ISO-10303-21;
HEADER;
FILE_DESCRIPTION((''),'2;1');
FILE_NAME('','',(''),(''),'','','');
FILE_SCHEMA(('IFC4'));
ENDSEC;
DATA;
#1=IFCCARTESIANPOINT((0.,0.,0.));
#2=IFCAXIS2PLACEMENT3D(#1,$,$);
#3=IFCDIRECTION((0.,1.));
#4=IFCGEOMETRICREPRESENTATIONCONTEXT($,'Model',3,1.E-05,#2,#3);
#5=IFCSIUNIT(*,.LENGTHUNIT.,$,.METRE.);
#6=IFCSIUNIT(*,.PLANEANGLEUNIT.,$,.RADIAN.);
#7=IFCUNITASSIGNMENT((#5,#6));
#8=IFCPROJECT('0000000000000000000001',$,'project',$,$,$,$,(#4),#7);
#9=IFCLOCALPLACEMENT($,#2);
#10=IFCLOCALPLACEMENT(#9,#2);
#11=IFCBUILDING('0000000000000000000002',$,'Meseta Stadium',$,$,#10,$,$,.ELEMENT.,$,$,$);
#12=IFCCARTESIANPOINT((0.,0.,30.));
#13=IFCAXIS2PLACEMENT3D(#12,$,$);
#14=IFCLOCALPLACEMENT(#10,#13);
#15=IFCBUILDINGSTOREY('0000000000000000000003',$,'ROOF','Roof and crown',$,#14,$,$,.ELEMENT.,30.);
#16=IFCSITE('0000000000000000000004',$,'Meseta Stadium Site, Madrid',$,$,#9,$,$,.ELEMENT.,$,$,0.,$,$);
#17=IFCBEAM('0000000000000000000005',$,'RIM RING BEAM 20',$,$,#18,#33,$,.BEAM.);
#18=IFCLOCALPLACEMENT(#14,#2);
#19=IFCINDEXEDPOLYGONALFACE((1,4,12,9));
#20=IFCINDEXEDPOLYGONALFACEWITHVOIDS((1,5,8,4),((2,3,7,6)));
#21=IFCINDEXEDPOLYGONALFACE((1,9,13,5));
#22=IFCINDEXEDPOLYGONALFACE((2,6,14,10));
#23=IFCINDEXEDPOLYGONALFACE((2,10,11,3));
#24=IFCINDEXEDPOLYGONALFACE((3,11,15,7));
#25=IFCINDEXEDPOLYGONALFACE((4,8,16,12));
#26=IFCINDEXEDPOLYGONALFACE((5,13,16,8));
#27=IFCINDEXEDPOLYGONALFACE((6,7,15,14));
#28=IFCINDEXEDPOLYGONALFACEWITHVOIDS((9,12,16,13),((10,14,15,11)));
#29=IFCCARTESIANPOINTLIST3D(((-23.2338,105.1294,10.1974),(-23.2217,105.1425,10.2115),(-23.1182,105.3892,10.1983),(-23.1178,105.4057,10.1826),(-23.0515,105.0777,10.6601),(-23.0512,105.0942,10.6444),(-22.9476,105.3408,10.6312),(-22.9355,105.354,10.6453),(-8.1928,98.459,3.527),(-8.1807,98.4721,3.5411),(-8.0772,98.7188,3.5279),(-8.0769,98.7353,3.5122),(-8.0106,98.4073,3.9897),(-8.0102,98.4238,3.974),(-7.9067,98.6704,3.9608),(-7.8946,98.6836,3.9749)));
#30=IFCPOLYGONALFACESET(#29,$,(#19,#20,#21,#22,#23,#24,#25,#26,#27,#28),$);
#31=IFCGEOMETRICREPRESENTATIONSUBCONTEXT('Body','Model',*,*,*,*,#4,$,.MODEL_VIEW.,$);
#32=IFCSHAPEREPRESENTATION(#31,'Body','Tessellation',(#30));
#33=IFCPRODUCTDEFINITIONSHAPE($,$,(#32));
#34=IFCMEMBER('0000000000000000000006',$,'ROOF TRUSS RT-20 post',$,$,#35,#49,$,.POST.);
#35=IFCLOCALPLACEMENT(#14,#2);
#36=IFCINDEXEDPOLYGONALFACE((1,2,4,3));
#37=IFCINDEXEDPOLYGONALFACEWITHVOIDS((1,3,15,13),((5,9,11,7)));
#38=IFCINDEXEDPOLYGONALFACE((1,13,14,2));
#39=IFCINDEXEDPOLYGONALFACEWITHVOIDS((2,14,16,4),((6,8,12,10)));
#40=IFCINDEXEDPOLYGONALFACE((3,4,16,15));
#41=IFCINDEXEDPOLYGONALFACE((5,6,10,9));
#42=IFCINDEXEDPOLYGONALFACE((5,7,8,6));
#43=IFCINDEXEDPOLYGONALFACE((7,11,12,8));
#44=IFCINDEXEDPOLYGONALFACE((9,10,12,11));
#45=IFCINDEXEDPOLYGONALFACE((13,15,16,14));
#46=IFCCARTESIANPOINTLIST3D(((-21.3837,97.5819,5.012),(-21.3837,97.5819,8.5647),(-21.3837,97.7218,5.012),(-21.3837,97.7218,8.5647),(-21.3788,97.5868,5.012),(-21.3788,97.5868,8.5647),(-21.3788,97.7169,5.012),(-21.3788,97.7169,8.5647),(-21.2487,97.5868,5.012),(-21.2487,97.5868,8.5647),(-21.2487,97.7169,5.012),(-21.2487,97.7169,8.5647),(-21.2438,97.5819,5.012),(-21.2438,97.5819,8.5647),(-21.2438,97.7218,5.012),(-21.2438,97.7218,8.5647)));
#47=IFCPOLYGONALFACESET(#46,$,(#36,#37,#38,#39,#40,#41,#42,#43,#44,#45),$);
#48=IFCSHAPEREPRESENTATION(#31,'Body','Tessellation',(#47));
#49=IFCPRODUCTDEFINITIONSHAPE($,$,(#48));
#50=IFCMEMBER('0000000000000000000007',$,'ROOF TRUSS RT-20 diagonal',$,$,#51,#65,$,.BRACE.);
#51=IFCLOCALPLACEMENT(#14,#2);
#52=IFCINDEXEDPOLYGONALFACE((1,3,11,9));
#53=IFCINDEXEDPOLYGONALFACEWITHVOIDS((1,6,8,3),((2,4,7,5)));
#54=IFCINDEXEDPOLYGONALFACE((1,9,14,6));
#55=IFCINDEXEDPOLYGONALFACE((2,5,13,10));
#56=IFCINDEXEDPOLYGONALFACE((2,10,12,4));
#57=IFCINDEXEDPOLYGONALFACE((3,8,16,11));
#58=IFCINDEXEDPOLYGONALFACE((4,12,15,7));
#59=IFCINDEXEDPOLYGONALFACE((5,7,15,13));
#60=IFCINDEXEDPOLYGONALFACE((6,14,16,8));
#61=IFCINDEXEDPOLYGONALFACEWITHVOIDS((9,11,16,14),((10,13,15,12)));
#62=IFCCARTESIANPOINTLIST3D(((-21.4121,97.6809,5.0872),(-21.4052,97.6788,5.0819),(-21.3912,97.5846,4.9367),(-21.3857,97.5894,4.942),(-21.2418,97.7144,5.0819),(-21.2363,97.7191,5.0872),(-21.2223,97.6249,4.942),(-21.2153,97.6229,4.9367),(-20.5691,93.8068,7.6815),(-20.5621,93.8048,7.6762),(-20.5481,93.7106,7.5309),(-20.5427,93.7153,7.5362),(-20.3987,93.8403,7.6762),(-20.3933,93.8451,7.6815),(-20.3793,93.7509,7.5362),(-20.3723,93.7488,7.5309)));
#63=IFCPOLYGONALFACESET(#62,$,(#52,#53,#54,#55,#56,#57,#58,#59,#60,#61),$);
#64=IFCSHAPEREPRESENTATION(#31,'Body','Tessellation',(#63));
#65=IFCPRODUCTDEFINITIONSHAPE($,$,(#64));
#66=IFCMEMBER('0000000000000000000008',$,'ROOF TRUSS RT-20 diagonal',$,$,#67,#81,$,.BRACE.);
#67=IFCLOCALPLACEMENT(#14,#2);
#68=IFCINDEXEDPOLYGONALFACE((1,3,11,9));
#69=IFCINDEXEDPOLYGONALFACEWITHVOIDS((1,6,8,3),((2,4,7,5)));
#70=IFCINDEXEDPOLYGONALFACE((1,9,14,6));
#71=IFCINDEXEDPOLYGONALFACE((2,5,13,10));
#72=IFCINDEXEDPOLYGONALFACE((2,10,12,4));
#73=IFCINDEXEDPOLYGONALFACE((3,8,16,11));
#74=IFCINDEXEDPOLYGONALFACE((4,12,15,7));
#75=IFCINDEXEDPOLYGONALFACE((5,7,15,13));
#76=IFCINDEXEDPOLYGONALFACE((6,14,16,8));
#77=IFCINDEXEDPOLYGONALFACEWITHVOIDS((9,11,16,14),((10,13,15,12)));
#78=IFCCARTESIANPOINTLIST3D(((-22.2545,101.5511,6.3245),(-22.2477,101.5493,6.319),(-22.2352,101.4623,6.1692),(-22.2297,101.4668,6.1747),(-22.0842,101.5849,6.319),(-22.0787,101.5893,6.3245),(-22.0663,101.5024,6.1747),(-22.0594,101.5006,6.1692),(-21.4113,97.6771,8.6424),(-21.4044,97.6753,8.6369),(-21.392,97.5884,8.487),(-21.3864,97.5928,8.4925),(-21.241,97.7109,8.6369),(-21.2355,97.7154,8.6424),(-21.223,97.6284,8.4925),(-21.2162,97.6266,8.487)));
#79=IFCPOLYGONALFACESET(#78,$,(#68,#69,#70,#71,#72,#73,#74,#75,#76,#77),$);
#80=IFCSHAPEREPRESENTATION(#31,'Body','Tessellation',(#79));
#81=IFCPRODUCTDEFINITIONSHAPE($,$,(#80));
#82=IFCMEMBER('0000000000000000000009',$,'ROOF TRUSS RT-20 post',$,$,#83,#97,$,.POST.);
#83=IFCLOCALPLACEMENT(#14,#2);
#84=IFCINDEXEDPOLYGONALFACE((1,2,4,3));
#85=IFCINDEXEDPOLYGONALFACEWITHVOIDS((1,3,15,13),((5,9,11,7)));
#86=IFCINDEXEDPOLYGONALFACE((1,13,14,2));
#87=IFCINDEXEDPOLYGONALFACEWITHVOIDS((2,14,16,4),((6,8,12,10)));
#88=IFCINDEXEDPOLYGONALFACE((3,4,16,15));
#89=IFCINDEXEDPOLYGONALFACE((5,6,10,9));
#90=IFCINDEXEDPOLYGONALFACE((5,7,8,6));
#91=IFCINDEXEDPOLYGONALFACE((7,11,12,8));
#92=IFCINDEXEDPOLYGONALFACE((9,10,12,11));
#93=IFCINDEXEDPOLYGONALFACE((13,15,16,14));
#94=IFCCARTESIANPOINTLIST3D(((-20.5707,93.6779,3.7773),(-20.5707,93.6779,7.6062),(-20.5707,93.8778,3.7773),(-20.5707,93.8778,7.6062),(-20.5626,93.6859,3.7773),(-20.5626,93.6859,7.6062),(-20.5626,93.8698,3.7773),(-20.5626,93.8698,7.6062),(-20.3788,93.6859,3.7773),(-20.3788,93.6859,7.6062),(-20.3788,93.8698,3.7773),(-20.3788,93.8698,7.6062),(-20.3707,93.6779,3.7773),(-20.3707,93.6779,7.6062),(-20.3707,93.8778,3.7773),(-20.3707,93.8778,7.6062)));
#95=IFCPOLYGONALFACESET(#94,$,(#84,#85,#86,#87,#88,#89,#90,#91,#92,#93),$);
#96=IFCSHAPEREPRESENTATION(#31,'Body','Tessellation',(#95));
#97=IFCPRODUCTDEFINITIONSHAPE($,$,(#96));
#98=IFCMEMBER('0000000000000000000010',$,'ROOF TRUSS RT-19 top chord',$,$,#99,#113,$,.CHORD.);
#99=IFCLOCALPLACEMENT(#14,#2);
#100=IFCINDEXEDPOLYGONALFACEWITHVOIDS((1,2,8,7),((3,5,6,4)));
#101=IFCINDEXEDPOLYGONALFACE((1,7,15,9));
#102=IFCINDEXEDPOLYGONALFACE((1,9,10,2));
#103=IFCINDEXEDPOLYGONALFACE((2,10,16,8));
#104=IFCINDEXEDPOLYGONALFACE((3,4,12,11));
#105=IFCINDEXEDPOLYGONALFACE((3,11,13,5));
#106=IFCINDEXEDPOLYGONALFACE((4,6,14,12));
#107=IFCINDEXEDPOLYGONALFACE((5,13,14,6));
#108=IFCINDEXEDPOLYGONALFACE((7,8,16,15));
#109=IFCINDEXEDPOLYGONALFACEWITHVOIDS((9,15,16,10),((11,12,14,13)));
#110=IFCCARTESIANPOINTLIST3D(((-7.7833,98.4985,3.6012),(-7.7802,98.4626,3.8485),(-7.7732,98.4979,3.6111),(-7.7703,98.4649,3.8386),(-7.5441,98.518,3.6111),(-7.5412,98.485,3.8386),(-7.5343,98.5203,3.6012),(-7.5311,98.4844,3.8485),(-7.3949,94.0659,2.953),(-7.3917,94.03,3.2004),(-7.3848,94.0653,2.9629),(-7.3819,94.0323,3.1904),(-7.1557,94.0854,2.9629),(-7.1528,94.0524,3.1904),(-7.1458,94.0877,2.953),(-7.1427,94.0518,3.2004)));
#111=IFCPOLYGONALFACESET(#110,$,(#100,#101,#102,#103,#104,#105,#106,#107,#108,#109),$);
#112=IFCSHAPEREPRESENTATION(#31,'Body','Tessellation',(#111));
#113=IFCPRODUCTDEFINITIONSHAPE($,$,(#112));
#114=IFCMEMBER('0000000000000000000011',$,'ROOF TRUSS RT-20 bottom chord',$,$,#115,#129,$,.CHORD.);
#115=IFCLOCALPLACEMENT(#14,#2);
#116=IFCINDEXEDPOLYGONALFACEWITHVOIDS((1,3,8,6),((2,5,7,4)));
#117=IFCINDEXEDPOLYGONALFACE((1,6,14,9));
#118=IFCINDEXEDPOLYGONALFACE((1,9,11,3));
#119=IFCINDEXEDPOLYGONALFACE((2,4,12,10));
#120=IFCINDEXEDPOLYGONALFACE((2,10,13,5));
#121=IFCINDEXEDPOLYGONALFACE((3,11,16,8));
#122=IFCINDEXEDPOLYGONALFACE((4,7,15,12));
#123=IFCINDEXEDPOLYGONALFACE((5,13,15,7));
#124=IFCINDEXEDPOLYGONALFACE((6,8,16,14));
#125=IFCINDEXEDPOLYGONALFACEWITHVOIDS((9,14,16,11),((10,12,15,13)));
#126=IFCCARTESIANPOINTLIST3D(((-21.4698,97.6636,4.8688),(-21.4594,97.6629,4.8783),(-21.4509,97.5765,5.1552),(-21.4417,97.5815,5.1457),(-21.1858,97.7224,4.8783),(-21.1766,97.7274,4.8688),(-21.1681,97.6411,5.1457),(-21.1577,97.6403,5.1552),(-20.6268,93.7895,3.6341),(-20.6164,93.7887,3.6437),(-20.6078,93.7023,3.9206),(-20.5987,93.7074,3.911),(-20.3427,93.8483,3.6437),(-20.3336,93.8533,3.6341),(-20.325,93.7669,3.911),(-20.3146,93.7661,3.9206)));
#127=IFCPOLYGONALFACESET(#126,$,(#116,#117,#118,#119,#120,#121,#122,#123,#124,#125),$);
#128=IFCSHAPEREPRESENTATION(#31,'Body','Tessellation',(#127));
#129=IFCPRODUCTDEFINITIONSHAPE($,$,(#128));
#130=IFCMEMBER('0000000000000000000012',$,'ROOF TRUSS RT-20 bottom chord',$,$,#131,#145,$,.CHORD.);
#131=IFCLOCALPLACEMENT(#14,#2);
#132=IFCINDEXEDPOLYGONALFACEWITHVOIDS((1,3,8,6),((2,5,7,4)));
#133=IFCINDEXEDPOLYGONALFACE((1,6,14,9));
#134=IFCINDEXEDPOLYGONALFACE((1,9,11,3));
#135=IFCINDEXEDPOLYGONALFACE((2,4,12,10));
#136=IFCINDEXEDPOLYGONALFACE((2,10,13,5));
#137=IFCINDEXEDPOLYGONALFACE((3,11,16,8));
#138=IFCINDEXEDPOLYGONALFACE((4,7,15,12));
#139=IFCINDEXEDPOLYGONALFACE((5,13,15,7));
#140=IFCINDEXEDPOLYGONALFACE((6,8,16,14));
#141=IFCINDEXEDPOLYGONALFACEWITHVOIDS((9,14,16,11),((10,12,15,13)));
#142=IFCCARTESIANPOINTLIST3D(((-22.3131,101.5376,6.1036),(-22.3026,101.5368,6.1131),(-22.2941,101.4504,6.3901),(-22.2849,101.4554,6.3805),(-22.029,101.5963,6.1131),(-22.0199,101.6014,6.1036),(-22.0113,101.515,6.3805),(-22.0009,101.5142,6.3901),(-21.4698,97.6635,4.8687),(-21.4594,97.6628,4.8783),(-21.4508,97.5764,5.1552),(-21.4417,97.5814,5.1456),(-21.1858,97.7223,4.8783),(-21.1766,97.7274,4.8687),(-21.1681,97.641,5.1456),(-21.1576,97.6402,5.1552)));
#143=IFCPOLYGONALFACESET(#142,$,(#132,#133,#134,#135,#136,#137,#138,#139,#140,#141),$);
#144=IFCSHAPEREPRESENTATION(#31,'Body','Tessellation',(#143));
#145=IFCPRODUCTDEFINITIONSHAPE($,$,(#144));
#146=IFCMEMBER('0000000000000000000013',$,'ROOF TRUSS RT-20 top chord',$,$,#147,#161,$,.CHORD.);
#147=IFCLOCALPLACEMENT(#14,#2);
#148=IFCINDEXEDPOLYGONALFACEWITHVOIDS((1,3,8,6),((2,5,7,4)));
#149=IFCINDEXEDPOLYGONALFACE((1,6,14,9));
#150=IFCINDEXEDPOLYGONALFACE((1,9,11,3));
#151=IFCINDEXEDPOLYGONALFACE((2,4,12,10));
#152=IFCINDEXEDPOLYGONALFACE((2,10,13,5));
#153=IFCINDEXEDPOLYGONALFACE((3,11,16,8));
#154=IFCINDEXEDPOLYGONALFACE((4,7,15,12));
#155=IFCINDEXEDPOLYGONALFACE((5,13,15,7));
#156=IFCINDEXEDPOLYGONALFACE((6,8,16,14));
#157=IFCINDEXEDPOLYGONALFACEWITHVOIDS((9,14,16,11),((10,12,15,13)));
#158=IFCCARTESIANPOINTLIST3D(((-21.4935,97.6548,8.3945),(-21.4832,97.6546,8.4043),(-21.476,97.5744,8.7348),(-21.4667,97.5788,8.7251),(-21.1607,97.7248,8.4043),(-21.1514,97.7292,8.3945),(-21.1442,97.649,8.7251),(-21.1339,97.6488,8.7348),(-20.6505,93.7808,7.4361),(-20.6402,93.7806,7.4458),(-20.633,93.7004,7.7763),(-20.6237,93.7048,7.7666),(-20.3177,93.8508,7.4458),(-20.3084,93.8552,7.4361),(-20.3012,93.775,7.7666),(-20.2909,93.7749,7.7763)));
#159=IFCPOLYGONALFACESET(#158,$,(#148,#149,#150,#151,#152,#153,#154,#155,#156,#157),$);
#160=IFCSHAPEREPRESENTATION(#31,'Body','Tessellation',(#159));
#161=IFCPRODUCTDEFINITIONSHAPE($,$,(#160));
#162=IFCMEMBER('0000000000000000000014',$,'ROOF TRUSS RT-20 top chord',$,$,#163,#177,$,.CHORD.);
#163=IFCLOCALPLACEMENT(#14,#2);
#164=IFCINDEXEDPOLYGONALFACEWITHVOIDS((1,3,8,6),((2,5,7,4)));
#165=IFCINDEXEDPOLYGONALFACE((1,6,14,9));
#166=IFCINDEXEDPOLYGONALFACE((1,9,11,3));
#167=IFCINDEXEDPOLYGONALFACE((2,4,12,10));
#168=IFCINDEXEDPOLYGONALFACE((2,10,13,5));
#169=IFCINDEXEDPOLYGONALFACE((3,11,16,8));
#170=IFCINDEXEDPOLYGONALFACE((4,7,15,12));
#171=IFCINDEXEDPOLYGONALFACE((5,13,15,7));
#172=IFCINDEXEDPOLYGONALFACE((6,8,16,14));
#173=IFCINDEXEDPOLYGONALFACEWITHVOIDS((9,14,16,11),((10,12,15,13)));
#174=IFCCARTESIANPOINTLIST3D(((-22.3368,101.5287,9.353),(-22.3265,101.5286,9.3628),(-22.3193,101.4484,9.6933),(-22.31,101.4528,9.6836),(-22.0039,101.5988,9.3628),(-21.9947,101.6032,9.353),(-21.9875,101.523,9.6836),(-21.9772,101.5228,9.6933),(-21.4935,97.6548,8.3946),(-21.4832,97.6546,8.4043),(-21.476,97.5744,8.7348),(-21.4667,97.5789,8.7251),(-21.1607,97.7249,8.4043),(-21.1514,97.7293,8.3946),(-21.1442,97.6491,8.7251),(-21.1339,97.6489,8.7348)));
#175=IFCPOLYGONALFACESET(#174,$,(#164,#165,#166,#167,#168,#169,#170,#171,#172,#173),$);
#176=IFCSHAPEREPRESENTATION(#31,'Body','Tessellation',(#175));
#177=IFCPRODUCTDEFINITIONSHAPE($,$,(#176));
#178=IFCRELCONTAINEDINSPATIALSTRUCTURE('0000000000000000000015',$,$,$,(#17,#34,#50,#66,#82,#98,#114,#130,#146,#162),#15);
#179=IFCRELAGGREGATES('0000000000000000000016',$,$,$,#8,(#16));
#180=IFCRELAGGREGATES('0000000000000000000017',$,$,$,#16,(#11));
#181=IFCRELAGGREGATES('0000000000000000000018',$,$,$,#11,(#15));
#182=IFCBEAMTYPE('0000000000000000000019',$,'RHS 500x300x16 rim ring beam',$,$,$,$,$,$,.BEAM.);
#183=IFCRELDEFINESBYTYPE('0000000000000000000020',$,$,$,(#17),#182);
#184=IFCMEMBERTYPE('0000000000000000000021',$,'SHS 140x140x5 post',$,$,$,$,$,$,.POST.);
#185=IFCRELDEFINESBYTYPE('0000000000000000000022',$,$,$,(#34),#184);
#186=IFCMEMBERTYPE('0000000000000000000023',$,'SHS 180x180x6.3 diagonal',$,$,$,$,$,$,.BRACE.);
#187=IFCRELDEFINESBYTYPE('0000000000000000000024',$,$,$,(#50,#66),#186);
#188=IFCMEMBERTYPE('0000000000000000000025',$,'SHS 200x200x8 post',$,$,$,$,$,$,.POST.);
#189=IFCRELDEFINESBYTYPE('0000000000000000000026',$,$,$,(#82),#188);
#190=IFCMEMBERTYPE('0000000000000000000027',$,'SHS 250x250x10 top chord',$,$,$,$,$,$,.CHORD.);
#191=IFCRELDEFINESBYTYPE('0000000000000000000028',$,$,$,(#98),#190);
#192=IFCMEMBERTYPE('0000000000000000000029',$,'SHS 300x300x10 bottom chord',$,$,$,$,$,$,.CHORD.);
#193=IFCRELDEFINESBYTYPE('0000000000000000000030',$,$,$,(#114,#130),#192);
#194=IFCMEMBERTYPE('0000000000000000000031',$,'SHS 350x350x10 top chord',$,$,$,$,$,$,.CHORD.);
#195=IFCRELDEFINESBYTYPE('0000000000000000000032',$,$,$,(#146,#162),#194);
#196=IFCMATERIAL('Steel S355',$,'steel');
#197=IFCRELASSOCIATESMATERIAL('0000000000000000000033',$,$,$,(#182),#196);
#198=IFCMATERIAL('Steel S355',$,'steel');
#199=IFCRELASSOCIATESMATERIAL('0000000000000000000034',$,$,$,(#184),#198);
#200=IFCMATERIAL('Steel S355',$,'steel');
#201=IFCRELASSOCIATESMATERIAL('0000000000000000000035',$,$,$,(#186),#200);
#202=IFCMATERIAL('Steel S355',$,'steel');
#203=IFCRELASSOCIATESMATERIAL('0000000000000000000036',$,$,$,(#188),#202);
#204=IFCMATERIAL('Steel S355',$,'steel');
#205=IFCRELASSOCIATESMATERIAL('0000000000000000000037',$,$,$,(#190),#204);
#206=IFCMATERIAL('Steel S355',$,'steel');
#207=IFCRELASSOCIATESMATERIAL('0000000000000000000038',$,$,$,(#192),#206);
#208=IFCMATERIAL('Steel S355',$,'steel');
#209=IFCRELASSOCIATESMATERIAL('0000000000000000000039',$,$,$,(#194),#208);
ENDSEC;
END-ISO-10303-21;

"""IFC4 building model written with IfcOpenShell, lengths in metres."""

from ifc_helpers import new_model, si_unit, direction, frame, origin, origin_2d, place, context, subcontext, project, spatial, hollow_rectangle, extrude, material, material_profile, profile_set, type_object, element, save


model = new_model("IFC4")

# Units and contexts
model_context = context("Model", 3, precision=1e-05, world=origin(), true_north=direction((0.0, 1.0)))
body_context = subcontext(model_context, "Body", "Model", "MODEL_VIEW")
ifc_project = project(units=[si_unit("LENGTHUNIT", "METRE"), si_unit("PLANEANGLEUNIT", "RADIAN")], contexts=[model_context])

# Site, building, storey
site_placement = place(None, origin())
site = spatial("IfcSite", under=ifc_project, at=site_placement, Name="Meseta Stadium Site, Madrid", CompositionType="ELEMENT", RefElevation=0.0)
building_placement = place(site_placement, origin())
building = spatial("IfcBuilding", under=site, at=building_placement, Name="Meseta Stadium", CompositionType="ELEMENT")
storey_placement = place(building_placement, frame((0.0, 0.0, 30.0)))
storey = spatial("IfcBuildingStorey", under=building, at=storey_placement, Name="ROOF", Description="Roof and crown", CompositionType="ELEMENT", Elevation=30.0)

# Beam
ifc_material_1 = material(Name="Steel S355", Category="steel")
ifc_material_profile_1 = material_profile(ifc_material_1, hollow_rectangle(XDim=0.3, YDim=0.5, WallThickness=0.0161, at=origin_2d()), Name="RHS 500x300x16")
ifc_profile_set_1 = profile_set([ifc_material_profile_1], Name="Steel S355")
beam_type = type_object("IfcBeamType", Name="RHS 500x300x16 rim ring beam", PredefinedType="BEAM", material=ifc_profile_set_1)
beam_placement = place(storey_placement, frame((-8.0437, 98.5713, 3.751), z_axis=(-0.847168, 0.375703, 0.375703), x_axis=(-0.386529, -0.920954, 0.049374)))
element("IfcBeam", 1, at=beam_placement, inside=storey, type_object=beam_type, Name="RIM RING BEAM 20", PredefinedType="BEAM", context=body_context, shape_type="SweptSolid", body=[
    extrude(hollow_rectangle(XDim=0.3, YDim=0.5, WallThickness=0.0161, at=origin_2d()), origin(), (0.0, 0.0, 1.0), 17.7544),
])

# Members
ifc_material_2 = material(Name="Steel S355", Category="steel")
ifc_material_profile_2 = material_profile(ifc_material_2, hollow_rectangle(XDim=0.1399, YDim=0.1399, WallThickness=0.0049, at=origin_2d()), Name="SHS 140x140x5")
ifc_profile_set_2 = profile_set([ifc_material_profile_2], Name="Steel S355")
member_type_1 = type_object("IfcMemberType", Name="SHS 140x140x5 post", PredefinedType="POST", material=ifc_profile_set_2)
member_1_placement = place(storey_placement, frame((-21.3137, 97.6519, 5.012), z_axis=(0.0, 0.0, 1.0), x_axis=(1.0, 0.0, 0.0)))
element("IfcMember", 2, at=member_1_placement, inside=storey, type_object=member_type_1, Name="ROOF TRUSS RT-20 post", PredefinedType="POST", context=body_context, shape_type="SweptSolid", body=[
    extrude(hollow_rectangle(XDim=0.1399, YDim=0.1399, WallThickness=0.0049, at=origin_2d()), origin(), (0.0, 0.0, 1.0), 3.5527),
])
ifc_material_3 = material(Name="Steel S355", Category="steel")
ifc_material_profile_3 = material_profile(ifc_material_3, hollow_rectangle(XDim=0.1799, YDim=0.1799, WallThickness=0.0063, at=origin_2d()), Name="SHS 180x180x6.3")
ifc_profile_set_3 = profile_set([ifc_material_profile_3], Name="Steel S355")
member_type_2 = type_object("IfcMemberType", Name="SHS 180x180x6.3 diagonal", PredefinedType="BRACE", material=ifc_profile_set_3)
member_2_placement = place(storey_placement, frame((-20.4707, 93.7778, 7.6062), z_axis=(-0.177926, 0.817647, -0.547537), x_axis=(-0.977132, -0.212632, 0.0)))
element("IfcMember", 3, at=member_2_placement, inside=storey, type_object=member_type_2, Name="ROOF TRUSS RT-20 diagonal", PredefinedType="BRACE", context=body_context, shape_type="SweptSolid", body=[
    extrude(hollow_rectangle(XDim=0.1799, YDim=0.1799, WallThickness=0.0063, at=origin_2d()), origin(), (0.0, 0.0, 1.0), 4.738),
])
member_3_placement = place(storey_placement, frame((-21.3137, 97.6519, 8.5647), z_axis=(-0.183614, 0.843542, -0.504701), x_axis=(-0.97712, -0.21269, 0.0)))
element("IfcMember", 4, at=member_3_placement, inside=storey, type_object=member_type_2, Name="ROOF TRUSS RT-20 diagonal", PredefinedType="BRACE", context=body_context, shape_type="SweptSolid", body=[
    extrude(hollow_rectangle(XDim=0.1799, YDim=0.1799, WallThickness=0.0063, at=origin_2d()), origin(), (0.0, 0.0, 1.0), 4.5925),
])
ifc_material_4 = material(Name="Steel S355", Category="steel")
ifc_material_profile_4 = material_profile(ifc_material_4, hollow_rectangle(XDim=0.2, YDim=0.2, WallThickness=0.0081, at=origin_2d()), Name="SHS 200x200x8")
ifc_profile_set_4 = profile_set([ifc_material_profile_4], Name="Steel S355")
member_type_3 = type_object("IfcMemberType", Name="SHS 200x200x8 post", PredefinedType="POST", material=ifc_profile_set_4)
member_4_placement = place(storey_placement, frame((-20.4707, 93.7778, 3.7773), z_axis=(0.0, 0.0, 1.0), x_axis=(1.0, 0.0, 0.0)))
element("IfcMember", 5, at=member_4_placement, inside=storey, type_object=member_type_3, Name="ROOF TRUSS RT-20 post", PredefinedType="POST", context=body_context, shape_type="SweptSolid", body=[
    extrude(hollow_rectangle(XDim=0.2, YDim=0.2, WallThickness=0.0081, at=origin_2d()), origin(), (0.0, 0.0, 1.0), 3.8289),
])
ifc_material_5 = material(Name="Steel S355", Category="steel")
ifc_material_profile_5 = material_profile(ifc_material_5, hollow_rectangle(XDim=0.25, YDim=0.25, WallThickness=0.01, at=origin_2d()), Name="SHS 250x250x10")
ifc_profile_set_5 = profile_set([ifc_material_profile_5], Name="Steel S355")
member_type_4 = type_object("IfcMemberType", Name="SHS 250x250x10 top chord", PredefinedType="CHORD", material=ifc_profile_set_5)
member_5_placement = place(storey_placement, frame((-7.2688, 94.0588, 3.0767), z_axis=(-0.086383, 0.985778, 0.144153), x_axis=(-0.996183, -0.087295, 0.0)))
element("IfcMember", 6, at=member_5_placement, inside=storey, type_object=member_type_4, Name="ROOF TRUSS RT-19 top chord", PredefinedType="CHORD", context=body_context, shape_type="SweptSolid", body=[
    extrude(hollow_rectangle(XDim=0.25, YDim=0.25, WallThickness=0.01, at=origin_2d()), origin(), (0.0, 0.0, 1.0), 4.4966),
])
ifc_material_6 = material(Name="Steel S355", Category="steel")
ifc_material_profile_6 = material_profile(ifc_material_6, hollow_rectangle(XDim=0.3, YDim=0.3, WallThickness=0.01, at=origin_2d()), Name="SHS 300x300x10")
ifc_profile_set_6 = profile_set([ifc_material_profile_6], Name="Steel S355")
member_type_5 = type_object("IfcMemberType", Name="SHS 300x300x10 bottom chord", PredefinedType="CHORD", material=ifc_profile_set_6)
for number, where, z_axis, x_axis, name in (
    (7, (-20.4707, 93.7778, 3.7773), (-0.203016, 0.932944, 0.297322), (-0.977132, -0.212632, 0.0), "ROOF TRUSS RT-20 bottom chord"),
    (8, (-21.3137, 97.6519, 5.012), (-0.203069, 0.932917, 0.297372), (-0.97712, -0.21269, 0.0), "ROOF TRUSS RT-20 bottom chord"),
):
    element("IfcMember", number, at=place(storey_placement, frame(where, z_axis=z_axis, x_axis=x_axis)), inside=storey, type_object=member_type_5, Name=name, PredefinedType="CHORD", context=body_context, shape_type="SweptSolid", body=[
        extrude(hollow_rectangle(XDim=0.3, YDim=0.3, WallThickness=0.01, at=origin_2d()), origin(), (0.0, 0.0, 1.0), 4.1526),
    ])
ifc_material_7 = material(Name="Steel S355", Category="steel")
ifc_material_profile_7 = material_profile(ifc_material_7, hollow_rectangle(XDim=0.3501, YDim=0.3501, WallThickness=0.01, at=origin_2d()), Name="SHS 350x350x10")
ifc_profile_set_7 = profile_set([ifc_material_profile_7], Name="Steel S355")
member_type_6 = type_object("IfcMemberType", Name="SHS 350x350x10 top chord", PredefinedType="CHORD", material=ifc_profile_set_7)
for number, where, z_axis, x_axis, name in (
    (9, (-20.4707, 93.7778, 7.6062), (-0.206678, 0.949771, 0.234989), (-0.977132, -0.212632, 0.0), "ROOF TRUSS RT-20 top chord"),
    (10, (-21.3137, 97.6519, 8.5647), (-0.206735, 0.949759, 0.234986), (-0.97712, -0.21269, 0.0), "ROOF TRUSS RT-20 top chord"),
):
    element("IfcMember", number, at=place(storey_placement, frame(where, z_axis=z_axis, x_axis=x_axis)), inside=storey, type_object=member_type_6, Name=name, PredefinedType="CHORD", context=body_context, shape_type="SweptSolid", body=[
        extrude(hollow_rectangle(XDim=0.3501, YDim=0.3501, WallThickness=0.01, at=origin_2d()), origin(), (0.0, 0.0, 1.0), 4.0789),
    ])

save(model, "model.ifc")
